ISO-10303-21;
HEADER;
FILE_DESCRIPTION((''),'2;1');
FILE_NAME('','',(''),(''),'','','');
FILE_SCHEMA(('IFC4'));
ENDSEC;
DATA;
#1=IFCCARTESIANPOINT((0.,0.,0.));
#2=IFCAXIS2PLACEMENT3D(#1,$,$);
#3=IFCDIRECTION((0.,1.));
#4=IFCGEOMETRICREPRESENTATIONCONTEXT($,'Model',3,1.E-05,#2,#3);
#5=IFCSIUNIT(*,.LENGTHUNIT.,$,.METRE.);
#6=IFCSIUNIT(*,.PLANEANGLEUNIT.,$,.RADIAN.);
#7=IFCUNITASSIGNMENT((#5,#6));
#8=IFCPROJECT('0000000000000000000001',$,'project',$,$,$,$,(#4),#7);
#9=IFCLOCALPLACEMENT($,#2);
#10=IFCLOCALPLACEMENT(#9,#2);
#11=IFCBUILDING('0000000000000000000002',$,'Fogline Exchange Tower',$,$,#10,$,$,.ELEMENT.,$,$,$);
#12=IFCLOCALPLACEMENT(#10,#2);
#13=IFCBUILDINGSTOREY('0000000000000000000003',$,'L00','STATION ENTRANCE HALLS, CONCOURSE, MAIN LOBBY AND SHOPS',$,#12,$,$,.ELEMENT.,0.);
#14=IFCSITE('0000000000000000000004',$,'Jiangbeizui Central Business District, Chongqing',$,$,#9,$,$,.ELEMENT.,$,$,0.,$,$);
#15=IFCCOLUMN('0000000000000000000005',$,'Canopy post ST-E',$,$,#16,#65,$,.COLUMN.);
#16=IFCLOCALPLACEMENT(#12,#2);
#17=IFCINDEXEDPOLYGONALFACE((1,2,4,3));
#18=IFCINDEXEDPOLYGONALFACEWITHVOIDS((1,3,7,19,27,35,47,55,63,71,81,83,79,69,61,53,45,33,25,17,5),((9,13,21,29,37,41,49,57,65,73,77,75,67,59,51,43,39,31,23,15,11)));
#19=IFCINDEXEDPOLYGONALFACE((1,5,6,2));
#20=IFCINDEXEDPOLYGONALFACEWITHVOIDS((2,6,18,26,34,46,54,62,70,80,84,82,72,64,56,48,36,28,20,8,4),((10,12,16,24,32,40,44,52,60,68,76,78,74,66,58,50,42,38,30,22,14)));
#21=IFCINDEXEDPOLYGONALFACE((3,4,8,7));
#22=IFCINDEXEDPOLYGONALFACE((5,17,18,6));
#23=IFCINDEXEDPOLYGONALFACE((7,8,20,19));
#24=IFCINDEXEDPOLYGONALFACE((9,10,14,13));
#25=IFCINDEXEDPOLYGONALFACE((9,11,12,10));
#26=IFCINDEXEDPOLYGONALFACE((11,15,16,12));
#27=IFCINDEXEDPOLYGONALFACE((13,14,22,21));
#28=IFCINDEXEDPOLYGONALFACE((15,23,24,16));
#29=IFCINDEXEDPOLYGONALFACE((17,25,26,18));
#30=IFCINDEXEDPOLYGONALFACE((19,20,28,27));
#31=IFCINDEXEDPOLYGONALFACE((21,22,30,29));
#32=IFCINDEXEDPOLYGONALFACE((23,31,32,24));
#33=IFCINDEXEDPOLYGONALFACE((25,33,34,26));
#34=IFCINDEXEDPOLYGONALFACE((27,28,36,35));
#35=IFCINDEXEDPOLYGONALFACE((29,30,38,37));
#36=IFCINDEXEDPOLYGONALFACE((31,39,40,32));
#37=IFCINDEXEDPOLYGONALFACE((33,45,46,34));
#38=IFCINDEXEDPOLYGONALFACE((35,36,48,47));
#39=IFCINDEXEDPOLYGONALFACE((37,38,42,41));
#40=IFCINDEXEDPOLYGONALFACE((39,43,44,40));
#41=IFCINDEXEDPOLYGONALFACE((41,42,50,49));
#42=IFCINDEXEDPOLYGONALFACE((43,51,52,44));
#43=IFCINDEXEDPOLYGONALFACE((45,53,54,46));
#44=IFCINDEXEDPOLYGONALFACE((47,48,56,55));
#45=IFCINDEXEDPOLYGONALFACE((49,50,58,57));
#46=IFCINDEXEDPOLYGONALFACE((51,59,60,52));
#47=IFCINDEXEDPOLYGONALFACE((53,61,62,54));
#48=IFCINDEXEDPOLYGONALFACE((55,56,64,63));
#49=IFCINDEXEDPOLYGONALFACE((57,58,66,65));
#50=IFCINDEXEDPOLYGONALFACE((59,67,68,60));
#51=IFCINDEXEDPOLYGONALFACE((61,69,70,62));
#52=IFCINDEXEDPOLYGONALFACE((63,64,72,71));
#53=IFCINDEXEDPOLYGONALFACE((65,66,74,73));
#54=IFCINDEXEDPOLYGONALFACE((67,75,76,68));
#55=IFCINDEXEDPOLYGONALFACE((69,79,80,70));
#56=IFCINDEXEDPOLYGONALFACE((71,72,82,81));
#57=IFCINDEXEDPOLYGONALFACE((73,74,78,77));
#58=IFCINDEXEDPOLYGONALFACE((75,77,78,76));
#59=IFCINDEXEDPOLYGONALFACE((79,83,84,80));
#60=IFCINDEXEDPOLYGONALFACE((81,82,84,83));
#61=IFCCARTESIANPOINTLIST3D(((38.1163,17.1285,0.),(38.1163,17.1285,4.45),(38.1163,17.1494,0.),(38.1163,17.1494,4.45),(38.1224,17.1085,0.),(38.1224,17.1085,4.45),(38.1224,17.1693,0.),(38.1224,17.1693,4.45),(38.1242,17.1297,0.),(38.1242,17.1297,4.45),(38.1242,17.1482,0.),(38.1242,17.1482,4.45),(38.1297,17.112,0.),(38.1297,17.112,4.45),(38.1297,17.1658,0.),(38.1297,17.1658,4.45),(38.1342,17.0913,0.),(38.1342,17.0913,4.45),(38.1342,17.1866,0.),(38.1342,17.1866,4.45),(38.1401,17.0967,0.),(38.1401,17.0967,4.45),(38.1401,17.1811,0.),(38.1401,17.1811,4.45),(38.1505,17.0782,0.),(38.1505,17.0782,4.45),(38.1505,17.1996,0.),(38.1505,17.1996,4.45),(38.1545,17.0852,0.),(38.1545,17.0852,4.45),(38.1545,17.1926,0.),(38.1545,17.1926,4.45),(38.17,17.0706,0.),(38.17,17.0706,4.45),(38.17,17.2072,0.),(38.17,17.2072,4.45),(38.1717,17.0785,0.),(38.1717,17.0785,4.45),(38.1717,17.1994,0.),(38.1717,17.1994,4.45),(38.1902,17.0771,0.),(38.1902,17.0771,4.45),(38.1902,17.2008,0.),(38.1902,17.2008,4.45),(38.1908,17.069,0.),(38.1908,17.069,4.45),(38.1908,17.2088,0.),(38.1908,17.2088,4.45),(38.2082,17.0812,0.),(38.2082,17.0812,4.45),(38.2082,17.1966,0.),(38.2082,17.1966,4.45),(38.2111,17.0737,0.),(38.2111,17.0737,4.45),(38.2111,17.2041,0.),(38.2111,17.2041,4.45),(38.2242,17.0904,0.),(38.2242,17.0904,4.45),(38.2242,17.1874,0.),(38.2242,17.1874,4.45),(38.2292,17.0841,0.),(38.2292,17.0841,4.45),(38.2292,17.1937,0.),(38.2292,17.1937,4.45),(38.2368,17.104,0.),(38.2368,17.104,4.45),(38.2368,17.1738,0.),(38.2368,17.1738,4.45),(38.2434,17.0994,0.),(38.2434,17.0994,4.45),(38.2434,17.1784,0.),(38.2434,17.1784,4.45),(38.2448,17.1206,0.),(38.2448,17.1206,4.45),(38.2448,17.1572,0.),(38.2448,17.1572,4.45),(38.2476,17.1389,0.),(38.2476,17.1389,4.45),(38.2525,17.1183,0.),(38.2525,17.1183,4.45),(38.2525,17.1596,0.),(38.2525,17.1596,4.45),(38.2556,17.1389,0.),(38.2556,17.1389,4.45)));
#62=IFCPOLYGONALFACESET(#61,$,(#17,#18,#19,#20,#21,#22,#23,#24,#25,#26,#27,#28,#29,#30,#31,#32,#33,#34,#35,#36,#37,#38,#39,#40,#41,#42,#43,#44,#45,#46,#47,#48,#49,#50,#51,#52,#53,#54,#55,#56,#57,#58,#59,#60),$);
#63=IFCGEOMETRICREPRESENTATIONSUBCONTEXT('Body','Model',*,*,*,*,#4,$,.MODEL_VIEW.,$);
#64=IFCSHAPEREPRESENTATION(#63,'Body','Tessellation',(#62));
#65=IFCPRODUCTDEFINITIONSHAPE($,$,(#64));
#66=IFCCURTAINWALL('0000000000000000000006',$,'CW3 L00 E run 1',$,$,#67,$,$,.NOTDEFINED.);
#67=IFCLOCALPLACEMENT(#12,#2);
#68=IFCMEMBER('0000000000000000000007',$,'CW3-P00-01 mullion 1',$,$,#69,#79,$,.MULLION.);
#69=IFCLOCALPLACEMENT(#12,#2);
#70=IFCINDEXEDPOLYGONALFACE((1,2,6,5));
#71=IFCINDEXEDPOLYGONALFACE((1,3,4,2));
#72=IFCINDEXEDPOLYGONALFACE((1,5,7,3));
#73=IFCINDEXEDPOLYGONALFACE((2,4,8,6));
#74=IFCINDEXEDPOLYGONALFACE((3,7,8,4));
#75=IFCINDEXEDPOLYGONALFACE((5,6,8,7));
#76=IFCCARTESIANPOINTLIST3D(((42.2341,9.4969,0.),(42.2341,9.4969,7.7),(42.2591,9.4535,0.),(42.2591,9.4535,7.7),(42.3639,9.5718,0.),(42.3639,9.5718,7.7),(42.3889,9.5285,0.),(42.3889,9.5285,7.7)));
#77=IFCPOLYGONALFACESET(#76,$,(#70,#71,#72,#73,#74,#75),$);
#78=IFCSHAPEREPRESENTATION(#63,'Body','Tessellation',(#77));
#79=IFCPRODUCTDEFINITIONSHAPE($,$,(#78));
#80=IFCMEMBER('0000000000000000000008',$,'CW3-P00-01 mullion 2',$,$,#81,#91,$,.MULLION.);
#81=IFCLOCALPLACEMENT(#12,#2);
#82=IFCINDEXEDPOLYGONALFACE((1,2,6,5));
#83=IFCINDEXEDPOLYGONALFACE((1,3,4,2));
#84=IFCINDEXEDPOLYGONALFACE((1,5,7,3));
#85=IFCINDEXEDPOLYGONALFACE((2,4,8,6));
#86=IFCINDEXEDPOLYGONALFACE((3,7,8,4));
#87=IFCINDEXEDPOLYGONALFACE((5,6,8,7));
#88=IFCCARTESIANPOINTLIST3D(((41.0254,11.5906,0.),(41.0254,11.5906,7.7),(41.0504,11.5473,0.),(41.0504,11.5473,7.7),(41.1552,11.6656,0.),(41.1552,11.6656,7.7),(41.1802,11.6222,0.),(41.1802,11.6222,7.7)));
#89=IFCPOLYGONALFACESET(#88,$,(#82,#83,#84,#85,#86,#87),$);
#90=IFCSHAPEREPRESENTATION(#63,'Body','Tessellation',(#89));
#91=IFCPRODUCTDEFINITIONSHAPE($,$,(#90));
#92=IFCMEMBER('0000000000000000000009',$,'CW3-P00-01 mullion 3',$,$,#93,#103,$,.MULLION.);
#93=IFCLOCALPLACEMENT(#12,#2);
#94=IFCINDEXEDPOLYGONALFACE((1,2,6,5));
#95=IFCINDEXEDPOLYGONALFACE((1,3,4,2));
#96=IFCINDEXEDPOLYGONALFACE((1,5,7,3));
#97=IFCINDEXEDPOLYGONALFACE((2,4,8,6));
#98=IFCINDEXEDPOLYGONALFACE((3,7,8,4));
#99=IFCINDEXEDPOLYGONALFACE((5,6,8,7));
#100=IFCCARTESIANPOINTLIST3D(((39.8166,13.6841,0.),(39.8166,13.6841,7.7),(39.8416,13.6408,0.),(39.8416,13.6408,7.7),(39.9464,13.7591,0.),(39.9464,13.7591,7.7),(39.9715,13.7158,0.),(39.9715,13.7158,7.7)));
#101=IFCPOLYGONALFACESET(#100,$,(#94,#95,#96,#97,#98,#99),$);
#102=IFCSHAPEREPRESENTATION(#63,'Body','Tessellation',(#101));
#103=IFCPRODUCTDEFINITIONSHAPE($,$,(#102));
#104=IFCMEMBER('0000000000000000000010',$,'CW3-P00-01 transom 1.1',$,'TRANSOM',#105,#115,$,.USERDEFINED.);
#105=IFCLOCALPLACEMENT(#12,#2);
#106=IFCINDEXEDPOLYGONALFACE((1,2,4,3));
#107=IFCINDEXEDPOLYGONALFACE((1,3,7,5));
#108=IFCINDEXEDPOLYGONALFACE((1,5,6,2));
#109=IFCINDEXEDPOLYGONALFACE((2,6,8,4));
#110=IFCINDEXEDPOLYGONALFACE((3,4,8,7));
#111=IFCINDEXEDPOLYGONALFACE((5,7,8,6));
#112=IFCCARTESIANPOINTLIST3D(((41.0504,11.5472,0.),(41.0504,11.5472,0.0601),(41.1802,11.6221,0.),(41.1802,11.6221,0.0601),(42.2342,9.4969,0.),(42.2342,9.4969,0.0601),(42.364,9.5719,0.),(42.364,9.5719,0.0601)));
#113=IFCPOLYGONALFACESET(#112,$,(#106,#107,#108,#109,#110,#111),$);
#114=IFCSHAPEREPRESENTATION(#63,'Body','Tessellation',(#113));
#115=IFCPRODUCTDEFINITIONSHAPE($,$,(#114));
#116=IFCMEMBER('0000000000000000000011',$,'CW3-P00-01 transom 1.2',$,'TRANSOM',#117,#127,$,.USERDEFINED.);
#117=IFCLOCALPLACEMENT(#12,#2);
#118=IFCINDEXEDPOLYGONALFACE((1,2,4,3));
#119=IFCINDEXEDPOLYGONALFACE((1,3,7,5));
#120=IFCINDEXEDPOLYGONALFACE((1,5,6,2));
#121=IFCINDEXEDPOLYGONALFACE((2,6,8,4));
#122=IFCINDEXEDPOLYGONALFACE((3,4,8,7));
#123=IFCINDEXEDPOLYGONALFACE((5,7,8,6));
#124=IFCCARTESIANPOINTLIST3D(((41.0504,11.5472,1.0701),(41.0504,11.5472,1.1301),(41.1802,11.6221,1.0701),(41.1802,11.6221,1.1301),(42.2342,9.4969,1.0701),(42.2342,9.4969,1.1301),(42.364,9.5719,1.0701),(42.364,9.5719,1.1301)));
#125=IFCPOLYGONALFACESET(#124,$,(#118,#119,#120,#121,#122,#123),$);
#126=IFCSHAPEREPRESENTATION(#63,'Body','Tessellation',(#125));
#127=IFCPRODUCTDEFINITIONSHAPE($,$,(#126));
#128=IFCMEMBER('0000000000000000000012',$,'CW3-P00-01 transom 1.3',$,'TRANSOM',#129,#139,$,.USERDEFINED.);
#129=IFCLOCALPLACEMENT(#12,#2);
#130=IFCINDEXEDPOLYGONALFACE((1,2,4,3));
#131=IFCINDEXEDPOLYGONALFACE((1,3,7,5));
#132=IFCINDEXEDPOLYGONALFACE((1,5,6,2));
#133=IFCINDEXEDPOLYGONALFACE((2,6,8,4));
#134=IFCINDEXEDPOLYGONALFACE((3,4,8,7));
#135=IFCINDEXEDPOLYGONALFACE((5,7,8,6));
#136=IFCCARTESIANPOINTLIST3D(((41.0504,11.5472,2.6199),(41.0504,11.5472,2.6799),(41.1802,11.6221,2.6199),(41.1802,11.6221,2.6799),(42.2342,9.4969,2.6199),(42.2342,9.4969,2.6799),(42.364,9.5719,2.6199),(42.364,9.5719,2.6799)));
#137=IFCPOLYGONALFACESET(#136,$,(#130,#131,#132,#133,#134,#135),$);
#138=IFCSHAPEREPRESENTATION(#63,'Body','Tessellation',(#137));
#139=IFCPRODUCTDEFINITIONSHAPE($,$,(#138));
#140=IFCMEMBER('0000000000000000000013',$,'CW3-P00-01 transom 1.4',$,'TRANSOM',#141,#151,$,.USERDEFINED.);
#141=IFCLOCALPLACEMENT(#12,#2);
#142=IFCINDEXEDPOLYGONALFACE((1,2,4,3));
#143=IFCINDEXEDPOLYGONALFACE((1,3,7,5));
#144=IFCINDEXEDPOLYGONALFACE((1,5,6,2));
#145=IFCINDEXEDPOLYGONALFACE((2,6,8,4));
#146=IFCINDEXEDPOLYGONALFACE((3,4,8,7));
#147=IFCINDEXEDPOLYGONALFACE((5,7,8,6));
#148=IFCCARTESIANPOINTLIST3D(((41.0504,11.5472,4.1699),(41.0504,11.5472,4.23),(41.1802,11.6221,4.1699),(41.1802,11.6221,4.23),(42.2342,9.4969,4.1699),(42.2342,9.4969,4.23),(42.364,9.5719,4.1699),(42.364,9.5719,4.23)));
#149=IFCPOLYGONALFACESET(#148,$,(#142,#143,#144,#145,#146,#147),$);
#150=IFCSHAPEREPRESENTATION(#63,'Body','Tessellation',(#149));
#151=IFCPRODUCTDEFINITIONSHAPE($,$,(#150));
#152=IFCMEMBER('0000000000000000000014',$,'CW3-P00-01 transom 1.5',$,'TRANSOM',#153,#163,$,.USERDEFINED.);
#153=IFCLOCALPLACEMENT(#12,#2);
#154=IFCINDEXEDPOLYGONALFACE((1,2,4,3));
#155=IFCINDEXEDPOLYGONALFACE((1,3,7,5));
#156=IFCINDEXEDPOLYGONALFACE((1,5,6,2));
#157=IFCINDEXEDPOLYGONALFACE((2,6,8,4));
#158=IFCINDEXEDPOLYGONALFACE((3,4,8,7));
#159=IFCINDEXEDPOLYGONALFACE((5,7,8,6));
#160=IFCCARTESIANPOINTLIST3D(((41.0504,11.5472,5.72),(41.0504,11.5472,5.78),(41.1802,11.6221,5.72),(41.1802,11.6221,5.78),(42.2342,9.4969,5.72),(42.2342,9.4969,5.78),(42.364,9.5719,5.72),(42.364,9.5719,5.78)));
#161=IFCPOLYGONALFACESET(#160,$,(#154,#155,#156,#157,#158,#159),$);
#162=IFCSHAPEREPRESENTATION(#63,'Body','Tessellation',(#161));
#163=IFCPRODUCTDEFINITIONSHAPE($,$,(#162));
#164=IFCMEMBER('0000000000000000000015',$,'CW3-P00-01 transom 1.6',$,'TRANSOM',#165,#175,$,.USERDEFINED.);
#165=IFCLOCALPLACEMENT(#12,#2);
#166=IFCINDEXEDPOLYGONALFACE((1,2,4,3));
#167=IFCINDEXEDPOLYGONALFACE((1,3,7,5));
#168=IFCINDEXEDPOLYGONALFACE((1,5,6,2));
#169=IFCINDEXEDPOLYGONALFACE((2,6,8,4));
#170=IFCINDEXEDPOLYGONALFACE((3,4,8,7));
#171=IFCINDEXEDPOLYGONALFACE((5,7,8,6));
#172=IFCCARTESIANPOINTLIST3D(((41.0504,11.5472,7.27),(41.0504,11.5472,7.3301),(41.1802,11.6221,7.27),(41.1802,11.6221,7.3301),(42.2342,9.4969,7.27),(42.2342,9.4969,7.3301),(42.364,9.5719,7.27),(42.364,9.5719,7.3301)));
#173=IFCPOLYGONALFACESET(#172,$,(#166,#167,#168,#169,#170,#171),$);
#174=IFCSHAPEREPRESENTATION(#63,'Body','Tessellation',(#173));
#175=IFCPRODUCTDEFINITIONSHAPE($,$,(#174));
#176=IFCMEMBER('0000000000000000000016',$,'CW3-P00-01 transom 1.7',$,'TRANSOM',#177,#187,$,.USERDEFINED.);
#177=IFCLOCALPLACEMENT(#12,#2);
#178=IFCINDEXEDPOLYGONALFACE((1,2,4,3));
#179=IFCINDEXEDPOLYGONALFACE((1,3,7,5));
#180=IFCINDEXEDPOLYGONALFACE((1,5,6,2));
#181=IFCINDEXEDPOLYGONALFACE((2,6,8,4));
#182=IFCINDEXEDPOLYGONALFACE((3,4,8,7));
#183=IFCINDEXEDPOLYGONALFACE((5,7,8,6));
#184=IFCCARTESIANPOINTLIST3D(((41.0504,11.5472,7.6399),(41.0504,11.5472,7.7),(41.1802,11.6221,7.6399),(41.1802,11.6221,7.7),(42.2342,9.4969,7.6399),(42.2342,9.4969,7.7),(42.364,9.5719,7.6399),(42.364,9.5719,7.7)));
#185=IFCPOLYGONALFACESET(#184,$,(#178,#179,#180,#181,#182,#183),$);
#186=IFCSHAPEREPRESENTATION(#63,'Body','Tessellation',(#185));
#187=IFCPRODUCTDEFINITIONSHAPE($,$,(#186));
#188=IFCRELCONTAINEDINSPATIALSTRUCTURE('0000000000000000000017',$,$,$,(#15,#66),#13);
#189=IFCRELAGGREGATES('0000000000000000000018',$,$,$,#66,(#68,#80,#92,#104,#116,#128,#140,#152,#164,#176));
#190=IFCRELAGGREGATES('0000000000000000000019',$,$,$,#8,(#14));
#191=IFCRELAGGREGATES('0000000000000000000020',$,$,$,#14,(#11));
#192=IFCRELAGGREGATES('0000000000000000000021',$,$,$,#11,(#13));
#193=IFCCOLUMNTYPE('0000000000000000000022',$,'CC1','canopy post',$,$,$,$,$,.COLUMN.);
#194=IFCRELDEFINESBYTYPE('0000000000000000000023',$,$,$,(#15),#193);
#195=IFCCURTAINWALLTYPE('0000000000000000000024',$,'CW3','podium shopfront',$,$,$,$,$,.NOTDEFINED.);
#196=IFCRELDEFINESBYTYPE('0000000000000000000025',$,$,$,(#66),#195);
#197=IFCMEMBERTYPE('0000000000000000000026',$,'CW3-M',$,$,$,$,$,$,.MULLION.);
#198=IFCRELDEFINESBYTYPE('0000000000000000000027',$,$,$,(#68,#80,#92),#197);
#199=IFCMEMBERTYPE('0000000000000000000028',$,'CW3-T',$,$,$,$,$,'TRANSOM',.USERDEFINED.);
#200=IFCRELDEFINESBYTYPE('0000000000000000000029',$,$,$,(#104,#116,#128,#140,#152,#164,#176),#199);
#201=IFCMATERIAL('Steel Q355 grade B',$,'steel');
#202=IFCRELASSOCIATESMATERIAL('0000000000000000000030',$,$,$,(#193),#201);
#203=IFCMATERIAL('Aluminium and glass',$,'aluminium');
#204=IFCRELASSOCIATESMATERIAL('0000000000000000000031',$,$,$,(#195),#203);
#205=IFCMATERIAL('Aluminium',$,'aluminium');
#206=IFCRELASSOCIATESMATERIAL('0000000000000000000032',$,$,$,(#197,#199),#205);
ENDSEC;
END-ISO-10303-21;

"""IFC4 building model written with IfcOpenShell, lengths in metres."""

from ifc_helpers import new_model, si_unit, direction, frame, origin, origin_2d, place, context, subcontext, project, spatial, rectangle, hollow_circle, extrude, material, material_profile, profile_set, type_object, element, aggregate, save


model = new_model("IFC4")

# Units and contexts
model_context = context("Model", 3, precision=1e-05, world=origin(), true_north=direction((0.0, 1.0)))
body_context = subcontext(model_context, "Body", "Model", "MODEL_VIEW")
ifc_project = project(units=[si_unit("LENGTHUNIT", "METRE"), si_unit("PLANEANGLEUNIT", "RADIAN")], contexts=[model_context])

# Site, building, storey
site_placement = place(None, origin())
site = spatial("IfcSite", under=ifc_project, at=site_placement, Name="Jiangbeizui Central Business District, Chongqing", CompositionType="ELEMENT", RefElevation=0.0)
building_placement = place(site_placement, origin())
building = spatial("IfcBuilding", under=site, at=building_placement, Name="Fogline Exchange Tower", CompositionType="ELEMENT")
storey_placement = place(building_placement, origin())
storey = spatial("IfcBuildingStorey", under=building, at=storey_placement, Name="L00", Description="STATION ENTRANCE HALLS, CONCOURSE, MAIN LOBBY AND SHOPS", CompositionType="ELEMENT", Elevation=0.0)

# Column
ifc_material_1 = material(Name="Steel Q355 grade B", Category="steel")
ifc_material_profile_1 = material_profile(ifc_material_1, hollow_circle(Radius=0.0701, WallThickness=0.0081, at=origin_2d()), Name="CHS 140x8")
ifc_profile_set_1 = profile_set([ifc_material_profile_1], Name="Steel Q355 grade B")
column_type = type_object("IfcColumnType", Name="CC1", Description="canopy post", PredefinedType="COLUMN", material=ifc_profile_set_1)
column_placement = place(storey_placement, frame((38.1855, 17.1389, 0.0), z_axis=(0.0, 0.0, 1.0), x_axis=(1.0, 0.0, 0.0)))
element("IfcColumn", 1, at=column_placement, inside=storey, type_object=column_type, Name="Canopy post ST-E", PredefinedType="COLUMN", context=body_context, shape_type="SweptSolid", body=[
    extrude(hollow_circle(Radius=0.0701, WallThickness=0.0081, at=origin_2d()), origin(), (0.0, 0.0, 1.0), 4.45),
])

# Curtain wall, members
ifc_material_2 = material(Name="Aluminium and glass", Category="aluminium")
curtain_wall_type = type_object("IfcCurtainWallType", Name="CW3", Description="podium shopfront", PredefinedType="NOTDEFINED", material=ifc_material_2)
curtain_wall_placement = place(storey_placement, origin())
curtain_wall = element("IfcCurtainWall", 2, at=curtain_wall_placement, inside=storey, type_object=curtain_wall_type, Name="CW3 L00 E run 1", PredefinedType="NOTDEFINED")
ifc_material_3 = material(Name="Aluminium", Category="aluminium")
ifc_material_profile_2 = material_profile(ifc_material_3, rectangle(XDim=0.1499, YDim=0.05, at=origin_2d()), Name="Mullion 50x150")
ifc_profile_set_2 = profile_set([ifc_material_profile_2], Name="Aluminium")
member_type_1 = type_object("IfcMemberType", Name="CW3-M", PredefinedType="MULLION", material=ifc_profile_set_2)
member_1_placement = place(storey_placement, frame((42.3115, 9.5127, 0.0), z_axis=(0.0, 0.0, 1.0), x_axis=(-0.866025, -0.5, 0.0)))
member_1 = element("IfcMember", 3, at=member_1_placement, type_object=member_type_1, Name="CW3-P00-01 mullion 1", PredefinedType="MULLION", context=body_context, shape_type="SweptSolid", body=[
    extrude(rectangle(XDim=0.1499, YDim=0.05, at=origin_2d()), origin(), (0.0, 0.0, 1.0), 7.7),
])
member_2_placement = place(storey_placement, frame((41.1028, 11.6064, 0.0), z_axis=(0.0, 0.0, 1.0), x_axis=(-0.866025, -0.5, 0.0)))
member_2 = element("IfcMember", 4, at=member_2_placement, type_object=member_type_1, Name="CW3-P00-01 mullion 2", PredefinedType="MULLION", context=body_context, shape_type="SweptSolid", body=[
    extrude(rectangle(XDim=0.1499, YDim=0.05, at=origin_2d()), origin(), (0.0, 0.0, 1.0), 7.7),
])
member_3_placement = place(storey_placement, frame((39.894, 13.7, 0.0), z_axis=(0.0, 0.0, 1.0), x_axis=(-0.866025, -0.5, 0.0)))
member_3 = element("IfcMember", 5, at=member_3_placement, type_object=member_type_1, Name="CW3-P00-01 mullion 3", PredefinedType="MULLION", context=body_context, shape_type="SweptSolid", body=[
    extrude(rectangle(XDim=0.1499, YDim=0.05, at=origin_2d()), origin(), (0.0, 0.0, 1.0), 7.7),
])
ifc_material_profile_3 = material_profile(ifc_material_3, rectangle(XDim=0.1499, YDim=0.0601, at=origin_2d()), Name="Transom 60x150")
ifc_profile_set_3 = profile_set([ifc_material_profile_3], Name="Aluminium")
member_type_2 = type_object("IfcMemberType", Name="CW3-T", ElementType="TRANSOM", PredefinedType="USERDEFINED", material=ifc_profile_set_3)
member_4_placement = place(storey_placement, frame((42.2991, 9.5344, 0.03), z_axis=(-0.500032, 0.866007, 0.0), x_axis=(-0.866007, -0.500032, 0.0)))
member_4 = element("IfcMember", 6, at=member_4_placement, type_object=member_type_2, Name="CW3-P00-01 transom 1.1", ObjectType="TRANSOM", PredefinedType="USERDEFINED", context=body_context, shape_type="SweptSolid", body=[
    extrude(rectangle(XDim=0.1499, YDim=0.0601, at=origin_2d()), origin(), (0.0, 0.0, 1.0), 2.3674),
])
member_5_placement = place(storey_placement, frame((42.2991, 9.5344, 1.1001), z_axis=(-0.500032, 0.866007, 0.0), x_axis=(-0.866007, -0.500032, 0.0)))
member_5 = element("IfcMember", 7, at=member_5_placement, type_object=member_type_2, Name="CW3-P00-01 transom 1.2", ObjectType="TRANSOM", PredefinedType="USERDEFINED", context=body_context, shape_type="SweptSolid", body=[
    extrude(rectangle(XDim=0.1499, YDim=0.0601, at=origin_2d()), origin(), (0.0, 0.0, 1.0), 2.3674),
])
member_6_placement = place(storey_placement, frame((42.2991, 9.5344, 2.6499), z_axis=(-0.500032, 0.866007, 0.0), x_axis=(-0.866007, -0.500032, 0.0)))
member_6 = element("IfcMember", 8, at=member_6_placement, type_object=member_type_2, Name="CW3-P00-01 transom 1.3", ObjectType="TRANSOM", PredefinedType="USERDEFINED", context=body_context, shape_type="SweptSolid", body=[
    extrude(rectangle(XDim=0.1499, YDim=0.0601, at=origin_2d()), origin(), (0.0, 0.0, 1.0), 2.3674),
])
member_7_placement = place(storey_placement, frame((42.2991, 9.5344, 4.2), z_axis=(-0.500032, 0.866007, 0.0), x_axis=(-0.866007, -0.500032, 0.0)))
member_7 = element("IfcMember", 9, at=member_7_placement, type_object=member_type_2, Name="CW3-P00-01 transom 1.4", ObjectType="TRANSOM", PredefinedType="USERDEFINED", context=body_context, shape_type="SweptSolid", body=[
    extrude(rectangle(XDim=0.1499, YDim=0.0601, at=origin_2d()), origin(), (0.0, 0.0, 1.0), 2.3674),
])
member_8_placement = place(storey_placement, frame((42.2991, 9.5344, 5.75), z_axis=(-0.500032, 0.866007, 0.0), x_axis=(-0.866007, -0.500032, 0.0)))
member_8 = element("IfcMember", 10, at=member_8_placement, type_object=member_type_2, Name="CW3-P00-01 transom 1.5", ObjectType="TRANSOM", PredefinedType="USERDEFINED", context=body_context, shape_type="SweptSolid", body=[
    extrude(rectangle(XDim=0.1499, YDim=0.0601, at=origin_2d()), origin(), (0.0, 0.0, 1.0), 2.3674),
])
member_9_placement = place(storey_placement, frame((42.2991, 9.5344, 7.3), z_axis=(-0.500032, 0.866007, 0.0), x_axis=(-0.866007, -0.500032, 0.0)))
member_9 = element("IfcMember", 11, at=member_9_placement, type_object=member_type_2, Name="CW3-P00-01 transom 1.6", ObjectType="TRANSOM", PredefinedType="USERDEFINED", context=body_context, shape_type="SweptSolid", body=[
    extrude(rectangle(XDim=0.1499, YDim=0.0601, at=origin_2d()), origin(), (0.0, 0.0, 1.0), 2.3674),
])
member_10_placement = place(storey_placement, frame((42.2991, 9.5344, 7.6699), z_axis=(-0.500032, 0.866007, 0.0), x_axis=(-0.866007, -0.500032, 0.0)))
member_10 = element("IfcMember", 12, at=member_10_placement, type_object=member_type_2, Name="CW3-P00-01 transom 1.7", ObjectType="TRANSOM", PredefinedType="USERDEFINED", context=body_context, shape_type="SweptSolid", body=[
    extrude(rectangle(XDim=0.1499, YDim=0.0601, at=origin_2d()), origin(), (0.0, 0.0, 1.0), 2.3674),
])
aggregate(curtain_wall, [member_1, member_2, member_3, member_4, member_5, member_6, member_7, member_8, member_9, member_10])

save(model, "model.ifc")
